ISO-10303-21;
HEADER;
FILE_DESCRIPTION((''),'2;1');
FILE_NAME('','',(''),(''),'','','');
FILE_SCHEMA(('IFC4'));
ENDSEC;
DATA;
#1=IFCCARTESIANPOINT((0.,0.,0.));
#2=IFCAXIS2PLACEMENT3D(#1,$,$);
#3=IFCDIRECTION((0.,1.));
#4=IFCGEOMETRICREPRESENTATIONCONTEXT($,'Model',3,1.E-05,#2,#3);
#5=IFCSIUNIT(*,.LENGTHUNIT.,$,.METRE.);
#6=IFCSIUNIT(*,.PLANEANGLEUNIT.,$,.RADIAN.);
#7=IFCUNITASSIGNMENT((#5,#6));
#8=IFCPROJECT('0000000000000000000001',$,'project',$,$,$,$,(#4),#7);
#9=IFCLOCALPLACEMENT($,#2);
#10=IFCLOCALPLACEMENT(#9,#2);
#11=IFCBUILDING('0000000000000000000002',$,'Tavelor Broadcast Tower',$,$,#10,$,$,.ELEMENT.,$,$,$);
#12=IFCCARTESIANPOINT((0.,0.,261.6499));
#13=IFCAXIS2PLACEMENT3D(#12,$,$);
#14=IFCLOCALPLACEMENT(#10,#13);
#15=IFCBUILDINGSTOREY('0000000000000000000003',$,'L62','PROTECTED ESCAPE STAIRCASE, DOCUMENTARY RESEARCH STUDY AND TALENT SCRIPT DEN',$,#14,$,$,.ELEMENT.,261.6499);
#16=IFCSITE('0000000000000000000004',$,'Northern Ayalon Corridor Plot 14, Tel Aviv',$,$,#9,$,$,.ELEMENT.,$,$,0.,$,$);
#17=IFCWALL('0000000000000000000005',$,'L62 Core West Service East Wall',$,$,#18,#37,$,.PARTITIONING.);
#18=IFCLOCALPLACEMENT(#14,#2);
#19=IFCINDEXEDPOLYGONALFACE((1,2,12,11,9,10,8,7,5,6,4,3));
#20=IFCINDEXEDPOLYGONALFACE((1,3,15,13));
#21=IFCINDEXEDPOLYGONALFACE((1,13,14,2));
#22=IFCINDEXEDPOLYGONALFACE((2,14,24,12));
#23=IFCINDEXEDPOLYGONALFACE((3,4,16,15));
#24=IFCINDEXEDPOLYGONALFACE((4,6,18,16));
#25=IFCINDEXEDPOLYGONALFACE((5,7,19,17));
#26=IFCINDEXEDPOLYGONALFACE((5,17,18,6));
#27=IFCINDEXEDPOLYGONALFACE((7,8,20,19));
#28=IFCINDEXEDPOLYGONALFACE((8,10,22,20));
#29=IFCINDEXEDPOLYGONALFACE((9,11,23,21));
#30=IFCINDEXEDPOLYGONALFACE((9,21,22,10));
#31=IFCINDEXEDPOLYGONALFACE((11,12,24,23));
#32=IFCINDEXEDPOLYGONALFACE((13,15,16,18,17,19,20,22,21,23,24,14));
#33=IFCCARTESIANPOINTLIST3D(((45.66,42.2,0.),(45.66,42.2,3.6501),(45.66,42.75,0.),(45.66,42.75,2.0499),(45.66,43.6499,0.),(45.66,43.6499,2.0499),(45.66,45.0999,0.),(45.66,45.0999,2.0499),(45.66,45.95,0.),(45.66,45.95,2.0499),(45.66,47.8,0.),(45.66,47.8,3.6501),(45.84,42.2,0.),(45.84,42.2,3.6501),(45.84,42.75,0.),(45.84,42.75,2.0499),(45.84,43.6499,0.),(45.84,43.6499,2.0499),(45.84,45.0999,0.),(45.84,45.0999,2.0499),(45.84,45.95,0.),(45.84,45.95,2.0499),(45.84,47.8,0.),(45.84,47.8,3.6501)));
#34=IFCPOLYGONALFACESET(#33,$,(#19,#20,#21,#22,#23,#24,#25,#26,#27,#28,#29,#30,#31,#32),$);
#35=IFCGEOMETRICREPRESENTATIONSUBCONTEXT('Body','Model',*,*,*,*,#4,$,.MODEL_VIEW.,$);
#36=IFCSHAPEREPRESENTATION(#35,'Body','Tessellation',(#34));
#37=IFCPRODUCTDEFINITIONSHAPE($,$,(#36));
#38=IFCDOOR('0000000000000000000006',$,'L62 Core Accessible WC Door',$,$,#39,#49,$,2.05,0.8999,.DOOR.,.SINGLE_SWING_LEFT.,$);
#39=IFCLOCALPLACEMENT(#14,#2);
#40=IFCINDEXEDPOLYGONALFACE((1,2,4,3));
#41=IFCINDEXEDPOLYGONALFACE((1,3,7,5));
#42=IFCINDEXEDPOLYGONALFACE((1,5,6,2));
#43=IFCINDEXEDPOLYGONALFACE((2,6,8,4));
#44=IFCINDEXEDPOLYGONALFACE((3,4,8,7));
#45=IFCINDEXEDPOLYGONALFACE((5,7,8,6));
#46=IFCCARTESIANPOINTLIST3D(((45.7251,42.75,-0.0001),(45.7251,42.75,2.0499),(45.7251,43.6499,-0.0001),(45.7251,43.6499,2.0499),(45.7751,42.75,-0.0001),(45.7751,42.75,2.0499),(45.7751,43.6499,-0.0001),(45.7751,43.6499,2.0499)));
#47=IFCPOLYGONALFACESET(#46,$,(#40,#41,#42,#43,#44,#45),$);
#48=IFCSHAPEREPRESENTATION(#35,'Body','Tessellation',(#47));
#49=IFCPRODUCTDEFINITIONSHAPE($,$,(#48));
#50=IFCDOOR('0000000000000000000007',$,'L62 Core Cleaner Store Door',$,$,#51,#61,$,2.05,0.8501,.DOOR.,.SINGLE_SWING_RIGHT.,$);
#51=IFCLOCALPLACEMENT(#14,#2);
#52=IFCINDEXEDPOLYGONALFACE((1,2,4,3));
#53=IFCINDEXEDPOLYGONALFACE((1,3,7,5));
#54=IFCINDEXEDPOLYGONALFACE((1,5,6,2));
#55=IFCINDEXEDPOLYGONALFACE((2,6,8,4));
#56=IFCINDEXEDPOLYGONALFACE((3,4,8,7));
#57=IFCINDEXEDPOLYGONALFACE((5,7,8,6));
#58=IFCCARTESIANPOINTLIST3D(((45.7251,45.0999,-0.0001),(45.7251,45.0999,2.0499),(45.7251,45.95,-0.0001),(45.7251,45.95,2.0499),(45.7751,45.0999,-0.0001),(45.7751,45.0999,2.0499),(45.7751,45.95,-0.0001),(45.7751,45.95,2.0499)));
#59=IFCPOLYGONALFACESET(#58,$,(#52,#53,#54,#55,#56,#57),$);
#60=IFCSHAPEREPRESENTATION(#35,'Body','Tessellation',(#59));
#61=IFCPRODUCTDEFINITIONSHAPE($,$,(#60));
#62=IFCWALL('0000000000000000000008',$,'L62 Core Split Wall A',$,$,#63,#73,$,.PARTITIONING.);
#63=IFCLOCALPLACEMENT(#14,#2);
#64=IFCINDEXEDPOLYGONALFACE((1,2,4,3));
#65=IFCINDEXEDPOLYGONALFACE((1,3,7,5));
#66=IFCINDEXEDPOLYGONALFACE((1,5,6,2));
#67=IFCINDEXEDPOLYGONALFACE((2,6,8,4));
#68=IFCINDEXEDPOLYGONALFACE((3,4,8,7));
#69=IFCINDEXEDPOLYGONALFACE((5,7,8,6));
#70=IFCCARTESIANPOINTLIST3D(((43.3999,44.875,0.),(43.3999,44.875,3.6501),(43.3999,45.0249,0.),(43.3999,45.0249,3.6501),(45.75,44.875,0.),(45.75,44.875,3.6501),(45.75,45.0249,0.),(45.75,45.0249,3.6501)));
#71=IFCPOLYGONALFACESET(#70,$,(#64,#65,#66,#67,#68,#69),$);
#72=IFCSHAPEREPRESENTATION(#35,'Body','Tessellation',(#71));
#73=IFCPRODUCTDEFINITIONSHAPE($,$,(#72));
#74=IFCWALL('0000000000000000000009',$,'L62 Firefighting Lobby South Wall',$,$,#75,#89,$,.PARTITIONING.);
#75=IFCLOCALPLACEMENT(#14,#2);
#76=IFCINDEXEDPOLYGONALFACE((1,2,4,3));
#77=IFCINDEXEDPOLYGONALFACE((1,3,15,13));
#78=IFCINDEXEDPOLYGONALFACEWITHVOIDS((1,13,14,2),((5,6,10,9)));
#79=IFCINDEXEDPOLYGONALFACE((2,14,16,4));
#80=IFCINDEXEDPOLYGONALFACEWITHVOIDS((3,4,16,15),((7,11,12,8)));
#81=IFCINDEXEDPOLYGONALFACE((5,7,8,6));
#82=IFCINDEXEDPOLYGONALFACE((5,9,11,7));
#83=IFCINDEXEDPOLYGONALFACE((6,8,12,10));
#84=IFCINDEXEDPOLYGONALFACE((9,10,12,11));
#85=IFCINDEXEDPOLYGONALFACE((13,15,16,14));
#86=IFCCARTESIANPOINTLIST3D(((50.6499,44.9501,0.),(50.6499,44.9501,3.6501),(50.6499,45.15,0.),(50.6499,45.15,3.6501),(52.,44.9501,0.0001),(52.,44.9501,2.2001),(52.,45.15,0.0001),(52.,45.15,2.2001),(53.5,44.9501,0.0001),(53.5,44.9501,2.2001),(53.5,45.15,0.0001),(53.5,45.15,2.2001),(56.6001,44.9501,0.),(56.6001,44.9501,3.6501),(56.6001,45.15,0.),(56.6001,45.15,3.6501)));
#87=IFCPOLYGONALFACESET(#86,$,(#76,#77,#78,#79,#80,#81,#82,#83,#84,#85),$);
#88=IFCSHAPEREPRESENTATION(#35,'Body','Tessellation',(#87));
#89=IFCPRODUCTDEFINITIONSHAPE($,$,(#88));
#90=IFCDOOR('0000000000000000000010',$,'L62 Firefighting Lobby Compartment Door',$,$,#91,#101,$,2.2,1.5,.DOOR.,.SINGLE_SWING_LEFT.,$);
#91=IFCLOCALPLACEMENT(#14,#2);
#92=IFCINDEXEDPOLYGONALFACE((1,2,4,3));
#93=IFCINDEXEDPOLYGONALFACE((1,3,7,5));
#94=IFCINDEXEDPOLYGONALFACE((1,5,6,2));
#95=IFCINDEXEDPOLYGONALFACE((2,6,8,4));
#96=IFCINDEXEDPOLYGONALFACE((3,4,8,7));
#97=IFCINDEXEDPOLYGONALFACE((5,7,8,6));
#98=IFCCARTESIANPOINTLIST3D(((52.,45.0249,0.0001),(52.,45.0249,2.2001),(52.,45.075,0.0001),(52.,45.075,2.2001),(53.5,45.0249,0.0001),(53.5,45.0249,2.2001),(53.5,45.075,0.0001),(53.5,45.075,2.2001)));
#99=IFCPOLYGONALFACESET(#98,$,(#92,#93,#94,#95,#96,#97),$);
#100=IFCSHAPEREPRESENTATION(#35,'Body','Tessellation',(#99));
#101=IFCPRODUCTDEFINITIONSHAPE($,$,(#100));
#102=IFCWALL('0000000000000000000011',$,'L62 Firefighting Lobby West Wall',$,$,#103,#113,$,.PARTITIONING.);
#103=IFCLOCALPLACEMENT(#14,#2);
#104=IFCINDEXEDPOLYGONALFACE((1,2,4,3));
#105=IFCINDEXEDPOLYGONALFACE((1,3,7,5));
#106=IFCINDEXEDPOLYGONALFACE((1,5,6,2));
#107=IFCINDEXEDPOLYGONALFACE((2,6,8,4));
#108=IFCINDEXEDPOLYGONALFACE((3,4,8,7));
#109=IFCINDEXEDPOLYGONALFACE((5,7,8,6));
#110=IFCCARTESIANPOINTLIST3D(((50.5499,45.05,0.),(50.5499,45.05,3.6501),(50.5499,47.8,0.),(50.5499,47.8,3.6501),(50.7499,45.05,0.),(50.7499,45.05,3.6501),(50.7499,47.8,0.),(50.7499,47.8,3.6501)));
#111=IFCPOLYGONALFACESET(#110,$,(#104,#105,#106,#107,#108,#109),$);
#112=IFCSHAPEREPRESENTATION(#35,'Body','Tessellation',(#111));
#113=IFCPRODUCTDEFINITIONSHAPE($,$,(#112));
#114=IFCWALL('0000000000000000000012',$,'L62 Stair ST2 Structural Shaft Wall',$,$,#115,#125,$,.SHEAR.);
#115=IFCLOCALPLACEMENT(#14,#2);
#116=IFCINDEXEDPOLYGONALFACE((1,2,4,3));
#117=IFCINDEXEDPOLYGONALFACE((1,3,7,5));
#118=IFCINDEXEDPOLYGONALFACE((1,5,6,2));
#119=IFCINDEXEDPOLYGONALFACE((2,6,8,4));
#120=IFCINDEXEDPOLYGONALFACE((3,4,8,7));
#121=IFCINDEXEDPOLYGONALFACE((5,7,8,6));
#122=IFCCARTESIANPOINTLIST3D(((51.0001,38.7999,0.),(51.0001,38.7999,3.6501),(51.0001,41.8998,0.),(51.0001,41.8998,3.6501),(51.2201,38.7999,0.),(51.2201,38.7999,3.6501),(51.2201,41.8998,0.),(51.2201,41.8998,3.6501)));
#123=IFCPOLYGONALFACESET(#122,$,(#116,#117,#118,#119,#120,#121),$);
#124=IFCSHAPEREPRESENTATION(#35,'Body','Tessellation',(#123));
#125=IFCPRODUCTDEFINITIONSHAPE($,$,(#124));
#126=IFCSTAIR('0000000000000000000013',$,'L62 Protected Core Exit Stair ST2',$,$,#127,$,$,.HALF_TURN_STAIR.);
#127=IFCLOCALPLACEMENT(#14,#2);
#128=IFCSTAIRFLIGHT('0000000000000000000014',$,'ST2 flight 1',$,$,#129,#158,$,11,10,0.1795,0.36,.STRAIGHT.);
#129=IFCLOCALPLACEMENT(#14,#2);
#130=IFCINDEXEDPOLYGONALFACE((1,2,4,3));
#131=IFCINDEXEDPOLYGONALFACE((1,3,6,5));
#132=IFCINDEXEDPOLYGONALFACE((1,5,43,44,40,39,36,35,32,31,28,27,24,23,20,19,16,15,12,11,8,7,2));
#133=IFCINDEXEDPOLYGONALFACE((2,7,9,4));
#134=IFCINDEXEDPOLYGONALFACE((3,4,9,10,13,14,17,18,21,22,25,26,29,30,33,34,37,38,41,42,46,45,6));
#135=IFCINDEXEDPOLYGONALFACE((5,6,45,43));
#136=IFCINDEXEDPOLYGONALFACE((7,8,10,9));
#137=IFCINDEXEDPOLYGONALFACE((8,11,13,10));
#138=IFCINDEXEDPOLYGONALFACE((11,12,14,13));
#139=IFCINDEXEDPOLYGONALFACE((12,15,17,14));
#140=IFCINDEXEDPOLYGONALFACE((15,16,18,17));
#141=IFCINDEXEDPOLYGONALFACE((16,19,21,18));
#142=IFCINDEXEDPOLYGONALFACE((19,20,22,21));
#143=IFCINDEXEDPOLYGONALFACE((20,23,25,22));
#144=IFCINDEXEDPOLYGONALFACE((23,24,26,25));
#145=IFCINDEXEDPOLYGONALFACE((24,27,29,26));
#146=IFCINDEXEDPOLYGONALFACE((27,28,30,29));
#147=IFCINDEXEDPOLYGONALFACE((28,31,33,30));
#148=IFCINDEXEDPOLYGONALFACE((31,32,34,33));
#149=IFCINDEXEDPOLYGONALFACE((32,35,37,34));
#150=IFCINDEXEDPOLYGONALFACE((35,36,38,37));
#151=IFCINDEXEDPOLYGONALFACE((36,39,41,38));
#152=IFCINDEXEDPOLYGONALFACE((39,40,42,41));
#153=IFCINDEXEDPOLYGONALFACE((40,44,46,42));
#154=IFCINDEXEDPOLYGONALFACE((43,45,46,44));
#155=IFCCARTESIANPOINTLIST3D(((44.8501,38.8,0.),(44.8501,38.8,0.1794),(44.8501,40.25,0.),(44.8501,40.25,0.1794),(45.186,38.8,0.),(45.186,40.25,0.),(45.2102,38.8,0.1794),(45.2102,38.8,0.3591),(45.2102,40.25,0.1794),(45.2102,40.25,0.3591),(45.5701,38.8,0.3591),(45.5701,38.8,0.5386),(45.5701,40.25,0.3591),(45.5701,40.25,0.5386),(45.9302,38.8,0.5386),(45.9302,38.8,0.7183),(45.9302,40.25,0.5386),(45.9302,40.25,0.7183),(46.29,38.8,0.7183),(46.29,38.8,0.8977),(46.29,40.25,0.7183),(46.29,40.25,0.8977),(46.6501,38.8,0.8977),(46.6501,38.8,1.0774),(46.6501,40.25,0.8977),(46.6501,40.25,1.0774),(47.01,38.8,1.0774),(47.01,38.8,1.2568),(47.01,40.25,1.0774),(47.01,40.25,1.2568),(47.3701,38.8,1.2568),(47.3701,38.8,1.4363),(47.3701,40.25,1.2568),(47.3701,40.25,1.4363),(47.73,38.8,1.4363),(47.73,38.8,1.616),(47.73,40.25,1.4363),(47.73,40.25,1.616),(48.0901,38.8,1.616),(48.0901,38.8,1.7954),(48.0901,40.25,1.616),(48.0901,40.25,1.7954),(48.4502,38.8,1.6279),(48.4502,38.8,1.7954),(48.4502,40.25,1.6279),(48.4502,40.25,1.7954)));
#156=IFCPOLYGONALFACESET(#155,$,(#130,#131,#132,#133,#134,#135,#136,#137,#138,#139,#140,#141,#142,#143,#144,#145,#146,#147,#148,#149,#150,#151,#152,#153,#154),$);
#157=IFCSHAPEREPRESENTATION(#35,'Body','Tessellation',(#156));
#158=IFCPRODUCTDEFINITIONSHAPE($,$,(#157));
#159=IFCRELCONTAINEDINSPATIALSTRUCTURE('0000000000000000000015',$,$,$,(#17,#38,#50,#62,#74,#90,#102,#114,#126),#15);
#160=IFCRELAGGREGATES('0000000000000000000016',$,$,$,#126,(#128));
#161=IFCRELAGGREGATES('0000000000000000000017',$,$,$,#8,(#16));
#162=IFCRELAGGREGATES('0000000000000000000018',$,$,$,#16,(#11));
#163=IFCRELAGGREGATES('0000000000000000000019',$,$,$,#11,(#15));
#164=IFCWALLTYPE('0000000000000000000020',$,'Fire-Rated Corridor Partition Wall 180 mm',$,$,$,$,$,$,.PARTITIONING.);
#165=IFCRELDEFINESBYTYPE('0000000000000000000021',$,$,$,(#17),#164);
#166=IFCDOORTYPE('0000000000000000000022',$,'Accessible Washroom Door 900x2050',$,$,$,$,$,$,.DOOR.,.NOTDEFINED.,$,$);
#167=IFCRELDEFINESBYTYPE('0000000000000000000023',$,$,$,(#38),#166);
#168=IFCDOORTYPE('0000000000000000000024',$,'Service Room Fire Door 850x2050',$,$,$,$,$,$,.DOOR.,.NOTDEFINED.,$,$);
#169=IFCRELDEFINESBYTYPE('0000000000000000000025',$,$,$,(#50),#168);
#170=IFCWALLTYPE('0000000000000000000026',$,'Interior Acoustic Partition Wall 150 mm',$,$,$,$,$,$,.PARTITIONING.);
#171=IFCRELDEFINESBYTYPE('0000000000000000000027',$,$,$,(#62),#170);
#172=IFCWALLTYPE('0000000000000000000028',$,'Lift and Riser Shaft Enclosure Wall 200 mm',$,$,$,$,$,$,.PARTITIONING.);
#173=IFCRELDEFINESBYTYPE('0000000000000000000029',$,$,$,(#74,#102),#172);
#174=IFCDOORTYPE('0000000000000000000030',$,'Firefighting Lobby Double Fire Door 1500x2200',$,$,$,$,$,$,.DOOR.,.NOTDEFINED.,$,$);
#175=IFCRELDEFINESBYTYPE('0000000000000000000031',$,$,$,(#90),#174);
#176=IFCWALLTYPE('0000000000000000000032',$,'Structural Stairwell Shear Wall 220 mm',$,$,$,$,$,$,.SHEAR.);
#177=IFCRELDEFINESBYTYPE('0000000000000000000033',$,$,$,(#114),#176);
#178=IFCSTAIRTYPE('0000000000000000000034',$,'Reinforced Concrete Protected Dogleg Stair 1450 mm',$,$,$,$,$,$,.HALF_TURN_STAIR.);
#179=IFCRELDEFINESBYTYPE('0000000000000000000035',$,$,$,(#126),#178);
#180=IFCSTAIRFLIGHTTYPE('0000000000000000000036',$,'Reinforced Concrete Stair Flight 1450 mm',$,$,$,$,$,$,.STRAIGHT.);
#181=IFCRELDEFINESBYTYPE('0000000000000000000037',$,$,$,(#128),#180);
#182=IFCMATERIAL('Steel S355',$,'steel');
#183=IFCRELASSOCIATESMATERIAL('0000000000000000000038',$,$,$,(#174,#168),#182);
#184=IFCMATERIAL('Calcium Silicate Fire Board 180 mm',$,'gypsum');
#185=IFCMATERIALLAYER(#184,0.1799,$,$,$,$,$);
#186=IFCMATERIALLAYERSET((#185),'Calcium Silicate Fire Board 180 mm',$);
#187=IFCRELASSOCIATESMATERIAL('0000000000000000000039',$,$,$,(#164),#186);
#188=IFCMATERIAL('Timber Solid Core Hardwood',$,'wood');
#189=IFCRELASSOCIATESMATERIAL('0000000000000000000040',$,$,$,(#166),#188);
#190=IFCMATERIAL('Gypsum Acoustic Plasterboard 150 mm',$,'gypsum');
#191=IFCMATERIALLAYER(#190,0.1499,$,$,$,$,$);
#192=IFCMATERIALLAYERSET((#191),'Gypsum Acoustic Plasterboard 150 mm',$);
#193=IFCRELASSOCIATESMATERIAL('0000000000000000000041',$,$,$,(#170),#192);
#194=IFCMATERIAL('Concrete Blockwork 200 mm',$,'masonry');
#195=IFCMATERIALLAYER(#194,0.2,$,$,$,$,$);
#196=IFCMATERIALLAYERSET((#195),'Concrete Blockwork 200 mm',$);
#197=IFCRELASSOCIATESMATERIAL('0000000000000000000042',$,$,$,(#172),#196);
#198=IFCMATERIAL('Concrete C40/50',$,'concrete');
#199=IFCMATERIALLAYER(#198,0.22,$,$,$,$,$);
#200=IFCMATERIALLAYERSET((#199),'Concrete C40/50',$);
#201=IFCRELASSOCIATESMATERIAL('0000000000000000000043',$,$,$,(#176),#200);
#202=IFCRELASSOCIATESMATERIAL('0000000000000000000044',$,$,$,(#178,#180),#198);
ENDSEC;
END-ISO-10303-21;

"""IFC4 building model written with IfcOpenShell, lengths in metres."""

from ifc_helpers import new_model, si_unit, direction, frame, frame_2d, origin, place, context, subcontext, project, spatial, polyline, rectangle, outline, extrude, material, layer, layer_set, type_object, element, fill, aggregate, save


model = new_model("IFC4")

# Units and contexts
model_context = context("Model", 3, precision=1e-05, world=origin(), true_north=direction((0.0, 1.0)))
body_context = subcontext(model_context, "Body", "Model", "MODEL_VIEW")
ifc_project = project(units=[si_unit("LENGTHUNIT", "METRE"), si_unit("PLANEANGLEUNIT", "RADIAN")], contexts=[model_context])

# Site, building, storey
site_placement = place(None, origin())
site = spatial("IfcSite", under=ifc_project, at=site_placement, Name="Northern Ayalon Corridor Plot 14, Tel Aviv", CompositionType="ELEMENT", RefElevation=0.0)
building_placement = place(site_placement, origin())
building = spatial("IfcBuilding", under=site, at=building_placement, Name="Tavelor Broadcast Tower", CompositionType="ELEMENT")
storey_placement = place(building_placement, frame((0.0, 0.0, 261.6499)))
storey = spatial("IfcBuildingStorey", under=building, at=storey_placement, Name="L62", Description="PROTECTED ESCAPE STAIRCASE, DOCUMENTARY RESEARCH STUDY AND TALENT SCRIPT DEN", CompositionType="ELEMENT", Elevation=261.6499)

# Shared definitions
ifc_material_1 = material(Name="Concrete C40/50", Category="concrete")
ifc_material_2 = material(Name="Steel S355", Category="steel")

# Shared definitions
door_type_1 = type_object("IfcDoorType", Name="Firefighting Lobby Double Fire Door 1500x2200", OperationType="NOTDEFINED", PredefinedType="DOOR", material=ifc_material_2)

# Wall, openings, doors
ifc_material_3 = material(Name="Calcium Silicate Fire Board 180 mm", Category="gypsum")
ifc_layer_1 = layer(ifc_material_3, 0.1799)
ifc_layer_set_1 = layer_set([ifc_layer_1], Name="Calcium Silicate Fire Board 180 mm")
wall_type_1 = type_object("IfcWallType", Name="Fire-Rated Corridor Partition Wall 180 mm", PredefinedType="PARTITIONING", material=ifc_layer_set_1)
wall_1_placement = place(storey_placement, frame((45.75, 42.2, 0.0), z_axis=(0.0, 0.0, 1.0), x_axis=(0.0, 1.0, 0.0)))
wall_1 = element("IfcWall", 1, at=wall_1_placement, inside=storey, type_object=wall_type_1, Name="L62 Core West Service East Wall", PredefinedType="PARTITIONING", context=body_context, shape_type="SweptSolid", body=[
    extrude(rectangle(XDim=5.6001, YDim=0.1799, at=frame_2d((2.8, 0.0))), origin(), (0.0, 0.0, 1.0), 3.6501),
])
opening_1_placement = place(wall_1_placement, frame((0.55, 0.0, 0.0)))
opening_1 = element("IfcOpeningElement", 2, at=opening_1_placement, cuts=wall_1, PredefinedType="OPENING", context=body_context, shape_type="SweptSolid", body=[
    extrude(rectangle(XDim=0.8999, YDim=2.05, at=frame_2d((0.45, 1.0249))), frame((0.0, 0.1001, 0.0), z_axis=(0.0, -1.0, 0.0), x_axis=(1.0, 0.0, 0.0)), (0.0, 0.0, 1.0), 0.2),
])
opening_2_placement = place(wall_1_placement, frame((2.8999, 0.0, 0.0)))
opening_2 = element("IfcOpeningElement", 3, at=opening_2_placement, cuts=wall_1, PredefinedType="OPENING", context=body_context, shape_type="SweptSolid", body=[
    extrude(rectangle(XDim=0.8501, YDim=2.05, at=frame_2d((0.425, 1.0249))), frame((0.0, 0.1001, 0.0), z_axis=(0.0, -1.0, 0.0), x_axis=(1.0, 0.0, 0.0)), (0.0, 0.0, 1.0), 0.2),
])
ifc_material_4 = material(Name="Timber Solid Core Hardwood", Category="wood")
door_type_2 = type_object("IfcDoorType", Name="Accessible Washroom Door 900x2050", OperationType="NOTDEFINED", PredefinedType="DOOR", material=ifc_material_4)
door_1_placement = place(opening_1_placement, origin())
door_1 = element("IfcDoor", 4, at=door_1_placement, inside=storey, type_object=door_type_2, Name="L62 Core Accessible WC Door", OperationType="SINGLE_SWING_LEFT", OverallHeight=2.05, OverallWidth=0.8999, PredefinedType="DOOR", context=body_context, shape_type="SweptSolid", body=[
    extrude(rectangle(XDim=0.8999, YDim=2.05, at=frame_2d((0.45, 1.0249))), frame((0.0, 0.0249, 0.0), z_axis=(0.0, -1.0, 0.0), x_axis=(1.0, 0.0, 0.0)), (0.0, 0.0, 1.0), 0.05),
])
fill(opening_1, door_1)
door_type_3 = type_object("IfcDoorType", Name="Service Room Fire Door 850x2050", OperationType="NOTDEFINED", PredefinedType="DOOR", material=ifc_material_2)
door_2_placement = place(opening_2_placement, origin())
door_2 = element("IfcDoor", 5, at=door_2_placement, inside=storey, type_object=door_type_3, Name="L62 Core Cleaner Store Door", OperationType="SINGLE_SWING_RIGHT", OverallHeight=2.05, OverallWidth=0.8501, PredefinedType="DOOR", context=body_context, shape_type="SweptSolid", body=[
    extrude(rectangle(XDim=0.8501, YDim=2.05, at=frame_2d((0.425, 1.0249))), frame((0.0, 0.0249, 0.0), z_axis=(0.0, -1.0, 0.0), x_axis=(1.0, 0.0, 0.0)), (0.0, 0.0, 1.0), 0.05),
])
fill(opening_2, door_2)

# Wall
ifc_material_5 = material(Name="Gypsum Acoustic Plasterboard 150 mm", Category="gypsum")
ifc_layer_2 = layer(ifc_material_5, 0.1499)
ifc_layer_set_2 = layer_set([ifc_layer_2], Name="Gypsum Acoustic Plasterboard 150 mm")
wall_type_2 = type_object("IfcWallType", Name="Interior Acoustic Partition Wall 150 mm", PredefinedType="PARTITIONING", material=ifc_layer_set_2)
wall_2_placement = place(storey_placement, frame((43.3999, 44.95, 0.0), z_axis=(0.0, 0.0, 1.0), x_axis=(1.0, 0.0, 0.0)))
element("IfcWall", 6, at=wall_2_placement, inside=storey, type_object=wall_type_2, Name="L62 Core Split Wall A", PredefinedType="PARTITIONING", context=body_context, shape_type="SweptSolid", body=[
    extrude(rectangle(XDim=2.3501, YDim=0.1499, at=frame_2d((1.175, 0.0))), origin(), (0.0, 0.0, 1.0), 3.6501),
])

# Wall, opening, door
ifc_material_6 = material(Name="Concrete Blockwork 200 mm", Category="masonry")
ifc_layer_3 = layer(ifc_material_6, 0.2)
ifc_layer_set_3 = layer_set([ifc_layer_3], Name="Concrete Blockwork 200 mm")
wall_type_3 = type_object("IfcWallType", Name="Lift and Riser Shaft Enclosure Wall 200 mm", PredefinedType="PARTITIONING", material=ifc_layer_set_3)
wall_3_placement = place(storey_placement, frame((50.6499, 45.05, 0.0), z_axis=(0.0, 0.0, 1.0), x_axis=(1.0, 0.0, 0.0)))
wall_3 = element("IfcWall", 7, at=wall_3_placement, inside=storey, type_object=wall_type_3, Name="L62 Firefighting Lobby South Wall", PredefinedType="PARTITIONING", context=body_context, shape_type="SweptSolid", body=[
    extrude(rectangle(XDim=5.9502, YDim=0.2, at=frame_2d((2.9751, 0.0))), origin(), (0.0, 0.0, 1.0), 3.6501),
])
opening_3_placement = place(wall_3_placement, frame((1.3501, 0.0, 0.0)))
opening_3 = element("IfcOpeningElement", 8, at=opening_3_placement, cuts=wall_3, PredefinedType="OPENING", context=body_context, shape_type="SweptSolid", body=[
    extrude(rectangle(XDim=1.5, YDim=2.2, at=frame_2d((0.75, 1.1001))), frame((0.0, 0.1099, 0.0), z_axis=(0.0, -1.0, 0.0), x_axis=(1.0, 0.0, 0.0)), (0.0, 0.0, 1.0), 0.22),
])
door_3_placement = place(opening_3_placement, origin())
door_3 = element("IfcDoor", 9, at=door_3_placement, inside=storey, type_object=door_type_1, Name="L62 Firefighting Lobby Compartment Door", OperationType="SINGLE_SWING_LEFT", OverallHeight=2.2, OverallWidth=1.5, PredefinedType="DOOR", context=body_context, shape_type="SweptSolid", body=[
    extrude(rectangle(XDim=1.5, YDim=2.2, at=frame_2d((0.75, 1.1001))), frame((0.0, 0.0249, 0.0), z_axis=(0.0, -1.0, 0.0), x_axis=(1.0, 0.0, 0.0)), (0.0, 0.0, 1.0), 0.05),
])
fill(opening_3, door_3)

# Walls
wall_4_placement = place(storey_placement, frame((50.6499, 45.05, 0.0), z_axis=(0.0, 0.0, 1.0), x_axis=(0.0, 1.0, 0.0)))
element("IfcWall", 10, at=wall_4_placement, inside=storey, type_object=wall_type_3, Name="L62 Firefighting Lobby West Wall", PredefinedType="PARTITIONING", context=body_context, shape_type="SweptSolid", body=[
    extrude(rectangle(XDim=2.75, YDim=0.2, at=frame_2d((1.375, 0.0))), origin(), (0.0, 0.0, 1.0), 3.6501),
])
ifc_layer_4 = layer(ifc_material_1, 0.22)
ifc_layer_set_4 = layer_set([ifc_layer_4], Name="Concrete C40/50")
wall_type_4 = type_object("IfcWallType", Name="Structural Stairwell Shear Wall 220 mm", PredefinedType="SHEAR", material=ifc_layer_set_4)
wall_5_placement = place(storey_placement, frame((51.1101, 38.8, 0.0), z_axis=(0.0, 0.0, 1.0), x_axis=(0.0, 1.0, 0.0)))
element("IfcWall", 11, at=wall_5_placement, inside=storey, type_object=wall_type_4, Name="L62 Stair ST2 Structural Shaft Wall", PredefinedType="SHEAR", context=body_context, shape_type="SweptSolid", body=[
    extrude(rectangle(XDim=3.0999, YDim=0.22, at=frame_2d((1.5498, 0.0))), origin(), (0.0, 0.0, 1.0), 3.6501),
])

# Stair, stair flight
stair_type = type_object("IfcStairType", Name="Reinforced Concrete Protected Dogleg Stair 1450 mm", PredefinedType="HALF_TURN_STAIR", material=ifc_material_1)
stair_placement = place(storey_placement, origin())
stair = element("IfcStair", 12, at=stair_placement, inside=storey, type_object=stair_type, Name="L62 Protected Core Exit Stair ST2", PredefinedType="HALF_TURN_STAIR")
stair_flight_type = type_object("IfcStairFlightType", Name="Reinforced Concrete Stair Flight 1450 mm", PredefinedType="STRAIGHT", material=ifc_material_1)
stair_flight_1_placement = place(storey_placement, frame((44.8501, 39.5249, 0.0), z_axis=(0.0, 0.0, 1.0), x_axis=(1.0, 0.0, 0.0)))
stair_flight_1 = element("IfcStairFlight", 13, at=stair_flight_1_placement, type_object=stair_flight_type, Name="ST2 flight 1", NumberOfRisers=11, NumberOfTreads=10, PredefinedType="STRAIGHT", RiserHeight=0.1795, TreadLength=0.36, context=body_context, shape_type="SweptSolid", body=[
    extrude(outline(polyline([(0.0, 0.0), (0.0, 0.1794), (0.3601, 0.1794), (0.3601, 0.3591), (0.72, 0.3591), (0.72, 0.5386), (1.0801, 0.5386), (1.0801, 0.7183), (1.4399, 0.7183), (1.4399, 0.8977), (1.8, 0.8977), (1.8, 1.0774), (2.1599, 1.0774), (2.1599, 1.2568), (2.52, 1.2568), (2.52, 1.4363), (2.8799, 1.4363), (2.8799, 1.616), (3.24, 1.616), (3.24, 1.7954), (3.6001, 1.7954), (3.6001, 1.9751), (3.6001, 1.6279), (0.3359, 0.0), (0.0, 0.0)])), frame((0.0, 0.7251, 0.0), z_axis=(0.0, -1.0, 0.0), x_axis=(1.0, 0.0, 0.0)), (0.0, 0.0, 1.0), 1.45),
])
aggregate(stair, [stair_flight_1])

save(model, "model.ifc")
